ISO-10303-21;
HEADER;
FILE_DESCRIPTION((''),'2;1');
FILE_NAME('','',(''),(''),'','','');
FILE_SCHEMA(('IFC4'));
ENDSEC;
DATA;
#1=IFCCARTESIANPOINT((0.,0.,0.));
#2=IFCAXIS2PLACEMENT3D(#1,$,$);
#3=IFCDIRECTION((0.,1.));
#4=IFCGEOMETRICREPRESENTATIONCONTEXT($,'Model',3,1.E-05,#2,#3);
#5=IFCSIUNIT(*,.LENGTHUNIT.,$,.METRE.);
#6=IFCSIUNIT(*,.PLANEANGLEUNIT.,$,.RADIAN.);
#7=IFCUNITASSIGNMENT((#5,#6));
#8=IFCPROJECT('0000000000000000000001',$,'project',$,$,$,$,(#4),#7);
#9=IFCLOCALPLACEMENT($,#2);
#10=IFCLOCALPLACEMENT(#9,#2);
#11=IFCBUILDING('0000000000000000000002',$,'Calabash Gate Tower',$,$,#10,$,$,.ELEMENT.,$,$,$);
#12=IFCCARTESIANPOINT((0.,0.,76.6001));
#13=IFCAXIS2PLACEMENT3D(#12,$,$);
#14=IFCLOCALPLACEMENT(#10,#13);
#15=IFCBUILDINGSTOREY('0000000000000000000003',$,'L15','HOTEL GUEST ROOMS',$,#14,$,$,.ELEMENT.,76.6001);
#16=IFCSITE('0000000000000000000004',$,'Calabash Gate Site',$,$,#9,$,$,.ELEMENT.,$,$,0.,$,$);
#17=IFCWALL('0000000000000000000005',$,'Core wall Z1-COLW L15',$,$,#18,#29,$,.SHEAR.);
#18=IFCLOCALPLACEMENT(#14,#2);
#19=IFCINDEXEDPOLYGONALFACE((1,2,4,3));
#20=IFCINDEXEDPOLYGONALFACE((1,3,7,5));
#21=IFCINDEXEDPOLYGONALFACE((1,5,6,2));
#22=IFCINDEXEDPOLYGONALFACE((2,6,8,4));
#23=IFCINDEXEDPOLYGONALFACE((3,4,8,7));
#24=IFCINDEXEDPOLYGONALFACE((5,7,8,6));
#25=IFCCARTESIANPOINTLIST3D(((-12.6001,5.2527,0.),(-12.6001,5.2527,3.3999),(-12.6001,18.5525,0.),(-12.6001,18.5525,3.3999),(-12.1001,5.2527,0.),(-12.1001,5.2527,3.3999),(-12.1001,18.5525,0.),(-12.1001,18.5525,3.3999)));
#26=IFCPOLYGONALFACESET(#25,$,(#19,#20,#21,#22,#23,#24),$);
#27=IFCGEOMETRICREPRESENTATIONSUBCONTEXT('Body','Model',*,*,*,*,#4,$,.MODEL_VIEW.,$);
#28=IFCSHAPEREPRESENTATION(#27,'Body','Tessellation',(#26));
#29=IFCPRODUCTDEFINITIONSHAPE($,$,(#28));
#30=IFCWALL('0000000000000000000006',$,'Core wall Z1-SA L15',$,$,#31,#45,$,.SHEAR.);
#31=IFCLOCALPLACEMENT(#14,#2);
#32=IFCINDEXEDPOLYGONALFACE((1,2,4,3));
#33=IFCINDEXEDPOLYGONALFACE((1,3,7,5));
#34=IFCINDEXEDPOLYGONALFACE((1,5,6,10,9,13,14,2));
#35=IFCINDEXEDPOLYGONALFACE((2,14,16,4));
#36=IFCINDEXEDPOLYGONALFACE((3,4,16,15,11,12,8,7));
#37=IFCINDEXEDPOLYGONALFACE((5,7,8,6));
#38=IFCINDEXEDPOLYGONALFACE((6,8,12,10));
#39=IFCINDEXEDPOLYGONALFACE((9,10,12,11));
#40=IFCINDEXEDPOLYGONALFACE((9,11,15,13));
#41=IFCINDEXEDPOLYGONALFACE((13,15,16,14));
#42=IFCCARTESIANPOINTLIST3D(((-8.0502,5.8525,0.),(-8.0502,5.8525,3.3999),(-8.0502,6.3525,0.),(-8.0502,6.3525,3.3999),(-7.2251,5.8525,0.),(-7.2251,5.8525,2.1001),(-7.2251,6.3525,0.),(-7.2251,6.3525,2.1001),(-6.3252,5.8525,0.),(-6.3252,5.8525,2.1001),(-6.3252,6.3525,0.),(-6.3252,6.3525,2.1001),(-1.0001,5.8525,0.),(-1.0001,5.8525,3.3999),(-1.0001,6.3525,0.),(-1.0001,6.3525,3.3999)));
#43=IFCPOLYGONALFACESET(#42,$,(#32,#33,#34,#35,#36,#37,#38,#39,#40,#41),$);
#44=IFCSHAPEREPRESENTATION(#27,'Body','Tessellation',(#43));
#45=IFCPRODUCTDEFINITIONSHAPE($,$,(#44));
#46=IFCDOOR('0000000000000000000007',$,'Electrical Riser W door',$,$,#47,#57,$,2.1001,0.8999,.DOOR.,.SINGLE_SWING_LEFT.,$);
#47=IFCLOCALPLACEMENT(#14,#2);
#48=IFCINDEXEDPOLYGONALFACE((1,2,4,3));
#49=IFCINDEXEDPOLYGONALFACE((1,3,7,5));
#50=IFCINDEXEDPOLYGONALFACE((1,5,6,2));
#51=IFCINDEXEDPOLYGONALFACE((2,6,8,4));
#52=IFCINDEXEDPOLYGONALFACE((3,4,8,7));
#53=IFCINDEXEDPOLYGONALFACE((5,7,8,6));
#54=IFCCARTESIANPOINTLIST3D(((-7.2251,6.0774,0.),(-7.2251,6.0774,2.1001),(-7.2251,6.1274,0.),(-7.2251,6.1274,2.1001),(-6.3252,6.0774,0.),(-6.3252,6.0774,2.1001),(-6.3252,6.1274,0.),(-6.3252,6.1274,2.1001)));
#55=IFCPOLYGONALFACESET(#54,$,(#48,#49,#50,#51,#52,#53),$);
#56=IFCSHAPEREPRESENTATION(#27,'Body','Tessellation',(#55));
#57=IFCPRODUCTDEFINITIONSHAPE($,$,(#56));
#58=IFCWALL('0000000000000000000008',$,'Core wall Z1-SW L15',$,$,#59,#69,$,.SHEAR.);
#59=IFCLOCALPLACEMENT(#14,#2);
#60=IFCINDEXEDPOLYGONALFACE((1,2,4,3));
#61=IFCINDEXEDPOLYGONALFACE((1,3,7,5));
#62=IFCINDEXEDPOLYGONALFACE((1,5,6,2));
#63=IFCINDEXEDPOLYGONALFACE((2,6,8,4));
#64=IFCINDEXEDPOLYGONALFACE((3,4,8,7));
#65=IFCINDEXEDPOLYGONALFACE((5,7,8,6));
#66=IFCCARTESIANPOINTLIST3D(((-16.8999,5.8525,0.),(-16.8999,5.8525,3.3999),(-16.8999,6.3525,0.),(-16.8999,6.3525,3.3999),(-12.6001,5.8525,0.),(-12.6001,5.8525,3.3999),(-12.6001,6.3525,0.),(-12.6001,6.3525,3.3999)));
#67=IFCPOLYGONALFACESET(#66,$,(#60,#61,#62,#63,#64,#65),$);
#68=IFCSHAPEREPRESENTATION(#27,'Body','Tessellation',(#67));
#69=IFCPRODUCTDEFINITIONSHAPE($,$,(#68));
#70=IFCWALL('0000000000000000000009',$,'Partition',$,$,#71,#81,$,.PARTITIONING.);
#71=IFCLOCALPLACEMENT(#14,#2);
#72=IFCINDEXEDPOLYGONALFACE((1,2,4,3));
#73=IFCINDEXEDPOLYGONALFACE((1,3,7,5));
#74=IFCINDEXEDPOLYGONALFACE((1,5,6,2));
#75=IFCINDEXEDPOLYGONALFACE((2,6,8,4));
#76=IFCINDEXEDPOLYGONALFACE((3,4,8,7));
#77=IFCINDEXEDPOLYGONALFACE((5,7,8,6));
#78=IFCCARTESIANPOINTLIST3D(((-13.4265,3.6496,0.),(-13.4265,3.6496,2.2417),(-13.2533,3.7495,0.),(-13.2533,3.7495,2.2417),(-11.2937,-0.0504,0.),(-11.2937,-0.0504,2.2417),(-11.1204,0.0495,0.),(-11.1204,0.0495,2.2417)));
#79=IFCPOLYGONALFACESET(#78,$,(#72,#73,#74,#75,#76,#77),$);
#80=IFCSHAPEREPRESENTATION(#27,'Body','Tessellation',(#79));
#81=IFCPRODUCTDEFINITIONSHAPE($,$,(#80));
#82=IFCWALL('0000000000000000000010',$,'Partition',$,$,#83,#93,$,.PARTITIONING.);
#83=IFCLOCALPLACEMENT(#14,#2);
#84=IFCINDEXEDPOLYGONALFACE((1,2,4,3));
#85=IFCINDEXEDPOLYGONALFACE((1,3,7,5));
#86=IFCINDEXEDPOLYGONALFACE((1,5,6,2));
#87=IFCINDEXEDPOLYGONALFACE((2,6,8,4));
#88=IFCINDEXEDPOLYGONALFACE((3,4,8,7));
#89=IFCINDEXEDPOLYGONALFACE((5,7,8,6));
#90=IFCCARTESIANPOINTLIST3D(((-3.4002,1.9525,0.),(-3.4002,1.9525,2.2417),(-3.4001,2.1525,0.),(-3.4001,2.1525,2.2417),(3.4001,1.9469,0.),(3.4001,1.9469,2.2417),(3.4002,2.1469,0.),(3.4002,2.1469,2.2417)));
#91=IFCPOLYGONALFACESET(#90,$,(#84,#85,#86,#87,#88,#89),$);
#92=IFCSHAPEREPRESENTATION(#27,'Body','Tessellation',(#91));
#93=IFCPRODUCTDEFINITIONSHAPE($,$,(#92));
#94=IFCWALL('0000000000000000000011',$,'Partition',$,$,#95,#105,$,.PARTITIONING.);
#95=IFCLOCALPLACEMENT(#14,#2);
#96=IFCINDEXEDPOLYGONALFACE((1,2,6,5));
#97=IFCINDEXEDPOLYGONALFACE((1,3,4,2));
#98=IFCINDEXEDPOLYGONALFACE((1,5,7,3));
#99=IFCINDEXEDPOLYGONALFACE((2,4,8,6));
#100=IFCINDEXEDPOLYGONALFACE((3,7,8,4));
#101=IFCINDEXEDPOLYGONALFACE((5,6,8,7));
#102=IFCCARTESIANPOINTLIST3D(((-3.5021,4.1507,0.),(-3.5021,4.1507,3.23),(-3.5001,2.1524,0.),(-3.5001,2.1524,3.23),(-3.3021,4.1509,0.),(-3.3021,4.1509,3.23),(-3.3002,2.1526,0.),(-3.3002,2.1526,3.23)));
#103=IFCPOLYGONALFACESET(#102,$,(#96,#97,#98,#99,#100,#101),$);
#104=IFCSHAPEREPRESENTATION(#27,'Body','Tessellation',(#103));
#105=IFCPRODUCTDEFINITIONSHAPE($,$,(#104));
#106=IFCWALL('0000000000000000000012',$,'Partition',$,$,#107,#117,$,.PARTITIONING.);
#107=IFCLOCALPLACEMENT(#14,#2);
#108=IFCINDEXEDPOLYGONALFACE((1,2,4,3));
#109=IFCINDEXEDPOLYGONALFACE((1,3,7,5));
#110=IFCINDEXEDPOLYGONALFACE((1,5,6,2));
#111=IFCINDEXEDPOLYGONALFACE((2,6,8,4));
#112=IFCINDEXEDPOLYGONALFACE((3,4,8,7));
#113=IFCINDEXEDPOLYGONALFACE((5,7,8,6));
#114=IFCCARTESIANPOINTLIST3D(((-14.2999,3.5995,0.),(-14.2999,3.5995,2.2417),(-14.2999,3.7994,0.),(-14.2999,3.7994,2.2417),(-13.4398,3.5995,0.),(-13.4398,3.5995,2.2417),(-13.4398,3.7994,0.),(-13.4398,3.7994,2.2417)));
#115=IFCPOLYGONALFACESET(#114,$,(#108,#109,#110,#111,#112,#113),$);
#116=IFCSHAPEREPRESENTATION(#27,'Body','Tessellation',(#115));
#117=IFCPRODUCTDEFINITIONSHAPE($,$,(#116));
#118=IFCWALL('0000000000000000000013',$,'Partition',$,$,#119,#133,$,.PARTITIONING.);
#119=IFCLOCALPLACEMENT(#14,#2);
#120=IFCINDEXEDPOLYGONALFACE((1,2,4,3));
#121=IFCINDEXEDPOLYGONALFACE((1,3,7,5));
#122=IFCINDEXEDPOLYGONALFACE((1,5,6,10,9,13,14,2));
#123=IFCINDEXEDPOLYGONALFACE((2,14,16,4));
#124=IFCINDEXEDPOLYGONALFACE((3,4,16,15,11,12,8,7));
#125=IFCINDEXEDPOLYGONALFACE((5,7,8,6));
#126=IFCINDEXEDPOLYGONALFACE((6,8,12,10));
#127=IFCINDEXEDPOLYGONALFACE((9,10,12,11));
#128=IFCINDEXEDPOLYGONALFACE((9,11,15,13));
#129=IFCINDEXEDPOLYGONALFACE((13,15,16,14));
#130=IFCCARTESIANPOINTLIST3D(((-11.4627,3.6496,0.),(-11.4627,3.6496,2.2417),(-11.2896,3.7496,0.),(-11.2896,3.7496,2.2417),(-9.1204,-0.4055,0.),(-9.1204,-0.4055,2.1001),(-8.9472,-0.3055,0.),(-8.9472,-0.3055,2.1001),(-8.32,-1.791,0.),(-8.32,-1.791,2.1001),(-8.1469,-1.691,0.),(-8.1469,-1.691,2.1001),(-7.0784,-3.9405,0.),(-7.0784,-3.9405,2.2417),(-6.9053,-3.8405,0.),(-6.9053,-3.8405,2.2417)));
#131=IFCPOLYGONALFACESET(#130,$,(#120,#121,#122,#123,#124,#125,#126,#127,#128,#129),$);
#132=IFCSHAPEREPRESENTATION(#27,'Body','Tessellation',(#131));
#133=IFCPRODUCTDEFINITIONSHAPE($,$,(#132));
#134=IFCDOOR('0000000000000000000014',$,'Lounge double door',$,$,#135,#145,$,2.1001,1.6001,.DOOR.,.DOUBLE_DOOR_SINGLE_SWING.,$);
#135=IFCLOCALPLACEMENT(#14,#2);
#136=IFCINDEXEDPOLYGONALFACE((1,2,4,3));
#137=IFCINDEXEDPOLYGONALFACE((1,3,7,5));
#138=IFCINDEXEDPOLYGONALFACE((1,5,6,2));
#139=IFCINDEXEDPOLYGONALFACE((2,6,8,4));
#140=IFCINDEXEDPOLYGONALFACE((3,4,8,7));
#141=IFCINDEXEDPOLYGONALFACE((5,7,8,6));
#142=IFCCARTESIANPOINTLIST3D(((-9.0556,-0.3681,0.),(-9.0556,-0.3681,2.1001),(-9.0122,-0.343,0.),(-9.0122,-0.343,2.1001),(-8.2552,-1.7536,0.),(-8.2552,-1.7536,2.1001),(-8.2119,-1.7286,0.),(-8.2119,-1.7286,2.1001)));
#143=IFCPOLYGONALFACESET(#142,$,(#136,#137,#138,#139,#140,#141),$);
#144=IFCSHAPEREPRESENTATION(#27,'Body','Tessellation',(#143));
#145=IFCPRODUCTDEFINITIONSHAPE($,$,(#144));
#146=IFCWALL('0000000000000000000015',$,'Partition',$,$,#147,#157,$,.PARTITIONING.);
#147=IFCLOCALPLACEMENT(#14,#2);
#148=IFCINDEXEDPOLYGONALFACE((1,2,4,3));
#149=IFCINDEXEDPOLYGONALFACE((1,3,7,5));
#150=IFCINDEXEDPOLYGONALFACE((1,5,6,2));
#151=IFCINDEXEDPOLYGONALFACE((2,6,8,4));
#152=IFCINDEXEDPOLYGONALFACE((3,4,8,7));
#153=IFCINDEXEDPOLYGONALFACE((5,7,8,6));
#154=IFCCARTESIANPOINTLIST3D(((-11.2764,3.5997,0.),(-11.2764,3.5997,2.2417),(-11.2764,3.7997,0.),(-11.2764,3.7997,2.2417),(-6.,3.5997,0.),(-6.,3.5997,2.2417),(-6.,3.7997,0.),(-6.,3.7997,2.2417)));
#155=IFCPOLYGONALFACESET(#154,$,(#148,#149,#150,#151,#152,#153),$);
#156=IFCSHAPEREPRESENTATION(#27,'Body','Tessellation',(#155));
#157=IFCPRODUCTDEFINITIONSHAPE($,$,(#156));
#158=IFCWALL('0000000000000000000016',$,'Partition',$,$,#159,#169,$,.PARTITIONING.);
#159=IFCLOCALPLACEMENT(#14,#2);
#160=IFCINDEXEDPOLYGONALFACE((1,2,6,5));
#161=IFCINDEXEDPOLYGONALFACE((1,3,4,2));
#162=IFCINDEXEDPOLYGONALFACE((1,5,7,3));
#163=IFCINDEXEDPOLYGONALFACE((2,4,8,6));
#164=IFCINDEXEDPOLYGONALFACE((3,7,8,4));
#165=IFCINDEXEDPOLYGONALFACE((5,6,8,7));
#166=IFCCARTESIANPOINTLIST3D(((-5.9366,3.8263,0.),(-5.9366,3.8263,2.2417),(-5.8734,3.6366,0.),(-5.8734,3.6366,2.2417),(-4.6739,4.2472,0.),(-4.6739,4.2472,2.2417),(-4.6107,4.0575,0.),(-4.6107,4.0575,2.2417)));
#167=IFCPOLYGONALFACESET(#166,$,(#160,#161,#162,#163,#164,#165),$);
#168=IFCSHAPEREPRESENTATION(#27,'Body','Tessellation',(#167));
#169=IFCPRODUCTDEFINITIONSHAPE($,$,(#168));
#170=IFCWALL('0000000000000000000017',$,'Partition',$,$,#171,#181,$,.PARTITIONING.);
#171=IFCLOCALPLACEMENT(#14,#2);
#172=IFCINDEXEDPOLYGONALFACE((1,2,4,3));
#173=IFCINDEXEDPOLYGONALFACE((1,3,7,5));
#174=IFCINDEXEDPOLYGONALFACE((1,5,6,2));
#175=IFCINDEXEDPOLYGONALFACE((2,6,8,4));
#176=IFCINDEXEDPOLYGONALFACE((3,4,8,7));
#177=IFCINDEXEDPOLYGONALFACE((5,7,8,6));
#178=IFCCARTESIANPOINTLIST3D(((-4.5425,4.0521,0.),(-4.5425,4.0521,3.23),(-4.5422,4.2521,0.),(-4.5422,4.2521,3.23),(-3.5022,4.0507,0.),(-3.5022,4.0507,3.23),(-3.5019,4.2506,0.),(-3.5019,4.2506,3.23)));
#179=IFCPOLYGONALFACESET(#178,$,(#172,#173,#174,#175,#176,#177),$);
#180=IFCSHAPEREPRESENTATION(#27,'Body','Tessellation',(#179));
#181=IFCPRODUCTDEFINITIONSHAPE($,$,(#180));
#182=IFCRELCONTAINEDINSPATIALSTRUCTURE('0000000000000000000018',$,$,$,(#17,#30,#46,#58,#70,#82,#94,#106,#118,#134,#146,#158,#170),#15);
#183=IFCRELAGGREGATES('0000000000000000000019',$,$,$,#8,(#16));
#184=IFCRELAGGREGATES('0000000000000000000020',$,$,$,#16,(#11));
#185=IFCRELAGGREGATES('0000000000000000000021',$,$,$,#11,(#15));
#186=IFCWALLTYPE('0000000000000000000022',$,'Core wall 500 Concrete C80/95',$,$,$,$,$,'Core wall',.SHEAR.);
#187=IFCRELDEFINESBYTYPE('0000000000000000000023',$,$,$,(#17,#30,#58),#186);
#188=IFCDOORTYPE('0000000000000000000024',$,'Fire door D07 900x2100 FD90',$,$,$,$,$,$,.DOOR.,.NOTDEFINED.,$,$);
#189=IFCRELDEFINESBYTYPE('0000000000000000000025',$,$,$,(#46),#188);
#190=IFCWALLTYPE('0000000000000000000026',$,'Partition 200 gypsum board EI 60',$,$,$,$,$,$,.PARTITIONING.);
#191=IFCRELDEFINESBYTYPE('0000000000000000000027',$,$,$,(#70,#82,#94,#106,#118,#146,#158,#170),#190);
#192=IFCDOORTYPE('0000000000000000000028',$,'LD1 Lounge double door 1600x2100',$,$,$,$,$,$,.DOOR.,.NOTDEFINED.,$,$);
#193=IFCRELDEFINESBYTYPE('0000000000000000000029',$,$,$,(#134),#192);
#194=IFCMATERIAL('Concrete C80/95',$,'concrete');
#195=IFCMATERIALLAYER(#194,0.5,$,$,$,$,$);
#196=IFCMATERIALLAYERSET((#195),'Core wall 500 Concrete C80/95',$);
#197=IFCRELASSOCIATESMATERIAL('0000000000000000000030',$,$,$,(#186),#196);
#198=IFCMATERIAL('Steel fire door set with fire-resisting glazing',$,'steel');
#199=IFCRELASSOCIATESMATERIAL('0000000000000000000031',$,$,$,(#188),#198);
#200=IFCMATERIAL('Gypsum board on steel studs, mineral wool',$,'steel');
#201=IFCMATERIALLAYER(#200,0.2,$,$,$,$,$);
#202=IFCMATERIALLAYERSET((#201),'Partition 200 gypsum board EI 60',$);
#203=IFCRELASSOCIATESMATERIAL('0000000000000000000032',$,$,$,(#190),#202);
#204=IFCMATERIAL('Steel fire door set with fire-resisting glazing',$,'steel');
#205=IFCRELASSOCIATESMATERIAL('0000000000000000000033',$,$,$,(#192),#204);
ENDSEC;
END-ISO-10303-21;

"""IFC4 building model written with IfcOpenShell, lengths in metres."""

from ifc_helpers import new_model, si_unit, direction, frame, frame_2d, origin, place, context, subcontext, project, spatial, rectangle, extrude, material, layer, layer_set, type_object, element, fill, save


model = new_model("IFC4")

# Units and contexts
model_context = context("Model", 3, precision=1e-05, world=origin(), true_north=direction((0.0, 1.0)))
body_context = subcontext(model_context, "Body", "Model", "MODEL_VIEW")
ifc_project = project(units=[si_unit("LENGTHUNIT", "METRE"), si_unit("PLANEANGLEUNIT", "RADIAN")], contexts=[model_context])

# Site, building, storey
site_placement = place(None, origin())
site = spatial("IfcSite", under=ifc_project, at=site_placement, Name="Calabash Gate Site", CompositionType="ELEMENT", RefElevation=0.0)
building_placement = place(site_placement, origin())
building = spatial("IfcBuilding", under=site, at=building_placement, Name="Calabash Gate Tower", CompositionType="ELEMENT")
storey_placement = place(building_placement, frame((0.0, 0.0, 76.6001)))
storey = spatial("IfcBuildingStorey", under=building, at=storey_placement, Name="L15", Description="HOTEL GUEST ROOMS", CompositionType="ELEMENT", Elevation=76.6001)

# Wall
ifc_material_1 = material(Name="Concrete C80/95", Category="concrete")
ifc_layer_1 = layer(ifc_material_1, 0.5)
ifc_layer_set_1 = layer_set([ifc_layer_1], Name="Core wall 500 Concrete C80/95")
wall_type_1 = type_object("IfcWallType", Name="Core wall 500 Concrete C80/95", ElementType="Core wall", PredefinedType="SHEAR", material=ifc_layer_set_1)
wall_1_placement = place(storey_placement, frame((-12.3501, 5.2527, 0.0), z_axis=(0.0, 0.0, 1.0), x_axis=(0.0, 1.0, 0.0)))
element("IfcWall", 1, at=wall_1_placement, inside=storey, type_object=wall_type_1, Name="Core wall Z1-COLW L15", PredefinedType="SHEAR", context=body_context, shape_type="SweptSolid", body=[
    extrude(rectangle(XDim=13.2998, YDim=0.5, at=frame_2d((6.6499, 0.0))), origin(), (0.0, 0.0, 1.0), 3.3999),
])

# Wall, opening, door
wall_2_placement = place(storey_placement, frame((-8.05, 6.1025, 0.0), z_axis=(0.0, 0.0, 1.0), x_axis=(1.0, 0.0, 0.0)))
wall_2 = element("IfcWall", 2, at=wall_2_placement, inside=storey, type_object=wall_type_1, Name="Core wall Z1-SA L15", PredefinedType="SHEAR", context=body_context, shape_type="SweptSolid", body=[
    extrude(rectangle(XDim=7.05, YDim=0.5, at=frame_2d((3.5249, 0.0))), origin(), (0.0, 0.0, 1.0), 3.3999),
])
opening_1_placement = place(wall_2_placement, frame((0.825, 0.0, 0.0)))
opening_1 = element("IfcOpeningElement", 3, at=opening_1_placement, cuts=wall_2, PredefinedType="OPENING", context=body_context, shape_type="SweptSolid", body=[
    extrude(rectangle(XDim=0.8999, YDim=2.1001, at=frame_2d((0.45, 1.05))), frame((0.0, 0.26, 0.0), z_axis=(0.0, -1.0, 0.0), x_axis=(1.0, 0.0, 0.0)), (0.0, 0.0, 1.0), 0.52),
])
ifc_material_2 = material(Name="Steel fire door set with fire-resisting glazing", Category="steel")
door_type_1 = type_object("IfcDoorType", Name="Fire door D07 900x2100 FD90", OperationType="NOTDEFINED", PredefinedType="DOOR", material=ifc_material_2)
door_1_placement = place(opening_1_placement, origin())
door_1 = element("IfcDoor", 4, at=door_1_placement, inside=storey, type_object=door_type_1, Name="Electrical Riser W door", OperationType="SINGLE_SWING_LEFT", OverallHeight=2.1001, OverallWidth=0.8999, PredefinedType="DOOR", context=body_context, shape_type="SweptSolid", body=[
    extrude(rectangle(XDim=0.8999, YDim=2.1001, at=frame_2d((0.45, 1.05))), frame((0.0, 0.0249, 0.0), z_axis=(0.0, -1.0, 0.0), x_axis=(1.0, 0.0, 0.0)), (0.0, 0.0, 1.0), 0.05),
])
fill(opening_1, door_1)

# Walls
wall_3_placement = place(storey_placement, frame((-12.6001, 6.1025, 0.0), z_axis=(0.0, 0.0, 1.0), x_axis=(-1.0, 0.0, 0.0)))
element("IfcWall", 5, at=wall_3_placement, inside=storey, type_object=wall_type_1, Name="Core wall Z1-SW L15", PredefinedType="SHEAR", context=body_context, shape_type="SweptSolid", body=[
    extrude(rectangle(XDim=4.2998, YDim=0.5, at=frame_2d((2.1499, 0.0))), origin(), (0.0, 0.0, 1.0), 3.3999),
])
ifc_material_3 = material(Name="Gypsum board on steel studs, mineral wool", Category="steel")
ifc_layer_2 = layer(ifc_material_3, 0.2)
ifc_layer_set_2 = layer_set([ifc_layer_2], Name="Partition 200 gypsum board EI 60")
wall_type_2 = type_object("IfcWallType", Name="Partition 200 gypsum board EI 60", PredefinedType="PARTITIONING", material=ifc_layer_set_2)
wall_4_placement = place(storey_placement, frame((-13.3398, 3.6995, 0.0), z_axis=(0.0, 0.0, 1.0), x_axis=(0.499411, -0.866365, 0.0)))
element("IfcWall", 6, at=wall_4_placement, inside=storey, type_object=wall_type_2, Name="Partition", PredefinedType="PARTITIONING", context=body_context, shape_type="SweptSolid", body=[
    extrude(rectangle(XDim=4.2708, YDim=0.2, at=frame_2d((2.1353, 0.0))), origin(), (0.0, 0.0, 1.0), 2.2417),
])
wall_5_placement = place(storey_placement, frame((-3.4001, 2.0525, 0.0), z_axis=(0.0, 0.0, 1.0), x_axis=(1.0, -0.000826, 0.0)))
element("IfcWall", 7, at=wall_5_placement, inside=storey, type_object=wall_type_2, Name="Partition", PredefinedType="PARTITIONING", context=body_context, shape_type="SweptSolid", body=[
    extrude(rectangle(XDim=6.8003, YDim=0.2, at=frame_2d((3.4001, 0.0))), origin(), (0.0, 0.0, 1.0), 2.2417),
])
wall_6_placement = place(storey_placement, frame((-3.4021, 4.1506, 0.0), z_axis=(0.0, 0.0, 1.0), x_axis=(0.000977, -1.0, 0.0)))
element("IfcWall", 8, at=wall_6_placement, inside=storey, type_object=wall_type_2, Name="Partition", PredefinedType="PARTITIONING", context=body_context, shape_type="SweptSolid", body=[
    extrude(rectangle(XDim=1.9983, YDim=0.2, at=frame_2d((0.999, 0.0))), origin(), (0.0, 0.0, 1.0), 3.23),
])
wall_7_placement = place(storey_placement, frame((-14.3, 3.6995, 0.0), z_axis=(0.0, 0.0, 1.0), x_axis=(1.0, 0.0, 0.0)))
element("IfcWall", 9, at=wall_7_placement, inside=storey, type_object=wall_type_2, Name="Partition", PredefinedType="PARTITIONING", context=body_context, shape_type="SweptSolid", body=[
    extrude(rectangle(XDim=0.8601, YDim=0.2, at=frame_2d((0.4302, 0.0))), origin(), (0.0, 0.0, 1.0), 2.2417),
])

# Wall, opening, door
wall_8_placement = place(storey_placement, frame((-11.3762, 3.6997, 0.0), z_axis=(0.0, 0.0, 1.0), x_axis=(0.500183, -0.86592, 0.0)))
wall_8 = element("IfcWall", 10, at=wall_8_placement, inside=storey, type_object=wall_type_2, Name="Partition", PredefinedType="PARTITIONING", context=body_context, shape_type="SweptSolid", body=[
    extrude(rectangle(XDim=8.7654, YDim=0.2, at=frame_2d((4.3828, 0.0))), origin(), (0.0, 0.0, 1.0), 2.2417),
])
opening_2_placement = place(wall_8_placement, frame((4.6831, 0.0, 0.0)))
opening_2 = element("IfcOpeningElement", 11, at=opening_2_placement, cuts=wall_8, PredefinedType="OPENING", context=body_context, shape_type="SweptSolid", body=[
    extrude(rectangle(XDim=1.6001, YDim=2.1001, at=frame_2d((0.8, 1.05))), frame((0.0, 0.1099, 0.0), z_axis=(0.0, -1.0, 0.0), x_axis=(1.0, 0.0, 0.0)), (0.0, 0.0, 1.0), 0.22),
])
ifc_material_4 = material(Name="Steel fire door set with fire-resisting glazing", Category="steel")
door_type_2 = type_object("IfcDoorType", Name="LD1 Lounge double door 1600x2100", OperationType="NOTDEFINED", PredefinedType="DOOR", material=ifc_material_4)
door_2_placement = place(opening_2_placement, origin())
door_2 = element("IfcDoor", 12, at=door_2_placement, inside=storey, type_object=door_type_2, Name="Lounge double door", OperationType="DOUBLE_DOOR_SINGLE_SWING", OverallHeight=2.1001, OverallWidth=1.6001, PredefinedType="DOOR", context=body_context, shape_type="SweptSolid", body=[
    extrude(rectangle(XDim=1.6001, YDim=2.1001, at=frame_2d((0.8, 1.05))), frame((0.0, 0.0249, 0.0), z_axis=(0.0, -1.0, 0.0), x_axis=(1.0, 0.0, 0.0)), (0.0, 0.0, 1.0), 0.05),
])
fill(opening_2, door_2)

# Walls
wall_9_placement = place(storey_placement, frame((-11.2764, 3.6997, 0.0), z_axis=(0.0, 0.0, 1.0), x_axis=(1.0, 0.0, 0.0)))
element("IfcWall", 13, at=wall_9_placement, inside=storey, type_object=wall_type_2, Name="Partition", PredefinedType="PARTITIONING", context=body_context, shape_type="SweptSolid", body=[
    extrude(rectangle(XDim=5.2764, YDim=0.2, at=frame_2d((2.6382, 0.0))), origin(), (0.0, 0.0, 1.0), 2.2417),
])
wall_10_placement = place(storey_placement, frame((-5.905, 3.7314, 0.0), z_axis=(0.0, 0.0, 1.0), x_axis=(0.948683, 0.316228, 0.0)))
element("IfcWall", 14, at=wall_10_placement, inside=storey, type_object=wall_type_2, Name="Partition", PredefinedType="PARTITIONING", context=body_context, shape_type="SweptSolid", body=[
    extrude(rectangle(XDim=1.3311, YDim=0.2, at=frame_2d((0.6655, 0.0))), origin(), (0.0, 0.0, 1.0), 2.2417),
])
wall_11_placement = place(storey_placement, frame((-4.5422, 4.1521, 0.0), z_axis=(0.0, 0.0, 1.0), x_axis=(0.999999, -0.001408, 0.0)))
element("IfcWall", 15, at=wall_11_placement, inside=storey, type_object=wall_type_2, Name="Partition", PredefinedType="PARTITIONING", context=body_context, shape_type="SweptSolid", body=[
    extrude(rectangle(XDim=1.0403, YDim=0.2, at=frame_2d((0.52, 0.0))), origin(), (0.0, 0.0, 1.0), 3.23),
])

save(model, "model.ifc")
